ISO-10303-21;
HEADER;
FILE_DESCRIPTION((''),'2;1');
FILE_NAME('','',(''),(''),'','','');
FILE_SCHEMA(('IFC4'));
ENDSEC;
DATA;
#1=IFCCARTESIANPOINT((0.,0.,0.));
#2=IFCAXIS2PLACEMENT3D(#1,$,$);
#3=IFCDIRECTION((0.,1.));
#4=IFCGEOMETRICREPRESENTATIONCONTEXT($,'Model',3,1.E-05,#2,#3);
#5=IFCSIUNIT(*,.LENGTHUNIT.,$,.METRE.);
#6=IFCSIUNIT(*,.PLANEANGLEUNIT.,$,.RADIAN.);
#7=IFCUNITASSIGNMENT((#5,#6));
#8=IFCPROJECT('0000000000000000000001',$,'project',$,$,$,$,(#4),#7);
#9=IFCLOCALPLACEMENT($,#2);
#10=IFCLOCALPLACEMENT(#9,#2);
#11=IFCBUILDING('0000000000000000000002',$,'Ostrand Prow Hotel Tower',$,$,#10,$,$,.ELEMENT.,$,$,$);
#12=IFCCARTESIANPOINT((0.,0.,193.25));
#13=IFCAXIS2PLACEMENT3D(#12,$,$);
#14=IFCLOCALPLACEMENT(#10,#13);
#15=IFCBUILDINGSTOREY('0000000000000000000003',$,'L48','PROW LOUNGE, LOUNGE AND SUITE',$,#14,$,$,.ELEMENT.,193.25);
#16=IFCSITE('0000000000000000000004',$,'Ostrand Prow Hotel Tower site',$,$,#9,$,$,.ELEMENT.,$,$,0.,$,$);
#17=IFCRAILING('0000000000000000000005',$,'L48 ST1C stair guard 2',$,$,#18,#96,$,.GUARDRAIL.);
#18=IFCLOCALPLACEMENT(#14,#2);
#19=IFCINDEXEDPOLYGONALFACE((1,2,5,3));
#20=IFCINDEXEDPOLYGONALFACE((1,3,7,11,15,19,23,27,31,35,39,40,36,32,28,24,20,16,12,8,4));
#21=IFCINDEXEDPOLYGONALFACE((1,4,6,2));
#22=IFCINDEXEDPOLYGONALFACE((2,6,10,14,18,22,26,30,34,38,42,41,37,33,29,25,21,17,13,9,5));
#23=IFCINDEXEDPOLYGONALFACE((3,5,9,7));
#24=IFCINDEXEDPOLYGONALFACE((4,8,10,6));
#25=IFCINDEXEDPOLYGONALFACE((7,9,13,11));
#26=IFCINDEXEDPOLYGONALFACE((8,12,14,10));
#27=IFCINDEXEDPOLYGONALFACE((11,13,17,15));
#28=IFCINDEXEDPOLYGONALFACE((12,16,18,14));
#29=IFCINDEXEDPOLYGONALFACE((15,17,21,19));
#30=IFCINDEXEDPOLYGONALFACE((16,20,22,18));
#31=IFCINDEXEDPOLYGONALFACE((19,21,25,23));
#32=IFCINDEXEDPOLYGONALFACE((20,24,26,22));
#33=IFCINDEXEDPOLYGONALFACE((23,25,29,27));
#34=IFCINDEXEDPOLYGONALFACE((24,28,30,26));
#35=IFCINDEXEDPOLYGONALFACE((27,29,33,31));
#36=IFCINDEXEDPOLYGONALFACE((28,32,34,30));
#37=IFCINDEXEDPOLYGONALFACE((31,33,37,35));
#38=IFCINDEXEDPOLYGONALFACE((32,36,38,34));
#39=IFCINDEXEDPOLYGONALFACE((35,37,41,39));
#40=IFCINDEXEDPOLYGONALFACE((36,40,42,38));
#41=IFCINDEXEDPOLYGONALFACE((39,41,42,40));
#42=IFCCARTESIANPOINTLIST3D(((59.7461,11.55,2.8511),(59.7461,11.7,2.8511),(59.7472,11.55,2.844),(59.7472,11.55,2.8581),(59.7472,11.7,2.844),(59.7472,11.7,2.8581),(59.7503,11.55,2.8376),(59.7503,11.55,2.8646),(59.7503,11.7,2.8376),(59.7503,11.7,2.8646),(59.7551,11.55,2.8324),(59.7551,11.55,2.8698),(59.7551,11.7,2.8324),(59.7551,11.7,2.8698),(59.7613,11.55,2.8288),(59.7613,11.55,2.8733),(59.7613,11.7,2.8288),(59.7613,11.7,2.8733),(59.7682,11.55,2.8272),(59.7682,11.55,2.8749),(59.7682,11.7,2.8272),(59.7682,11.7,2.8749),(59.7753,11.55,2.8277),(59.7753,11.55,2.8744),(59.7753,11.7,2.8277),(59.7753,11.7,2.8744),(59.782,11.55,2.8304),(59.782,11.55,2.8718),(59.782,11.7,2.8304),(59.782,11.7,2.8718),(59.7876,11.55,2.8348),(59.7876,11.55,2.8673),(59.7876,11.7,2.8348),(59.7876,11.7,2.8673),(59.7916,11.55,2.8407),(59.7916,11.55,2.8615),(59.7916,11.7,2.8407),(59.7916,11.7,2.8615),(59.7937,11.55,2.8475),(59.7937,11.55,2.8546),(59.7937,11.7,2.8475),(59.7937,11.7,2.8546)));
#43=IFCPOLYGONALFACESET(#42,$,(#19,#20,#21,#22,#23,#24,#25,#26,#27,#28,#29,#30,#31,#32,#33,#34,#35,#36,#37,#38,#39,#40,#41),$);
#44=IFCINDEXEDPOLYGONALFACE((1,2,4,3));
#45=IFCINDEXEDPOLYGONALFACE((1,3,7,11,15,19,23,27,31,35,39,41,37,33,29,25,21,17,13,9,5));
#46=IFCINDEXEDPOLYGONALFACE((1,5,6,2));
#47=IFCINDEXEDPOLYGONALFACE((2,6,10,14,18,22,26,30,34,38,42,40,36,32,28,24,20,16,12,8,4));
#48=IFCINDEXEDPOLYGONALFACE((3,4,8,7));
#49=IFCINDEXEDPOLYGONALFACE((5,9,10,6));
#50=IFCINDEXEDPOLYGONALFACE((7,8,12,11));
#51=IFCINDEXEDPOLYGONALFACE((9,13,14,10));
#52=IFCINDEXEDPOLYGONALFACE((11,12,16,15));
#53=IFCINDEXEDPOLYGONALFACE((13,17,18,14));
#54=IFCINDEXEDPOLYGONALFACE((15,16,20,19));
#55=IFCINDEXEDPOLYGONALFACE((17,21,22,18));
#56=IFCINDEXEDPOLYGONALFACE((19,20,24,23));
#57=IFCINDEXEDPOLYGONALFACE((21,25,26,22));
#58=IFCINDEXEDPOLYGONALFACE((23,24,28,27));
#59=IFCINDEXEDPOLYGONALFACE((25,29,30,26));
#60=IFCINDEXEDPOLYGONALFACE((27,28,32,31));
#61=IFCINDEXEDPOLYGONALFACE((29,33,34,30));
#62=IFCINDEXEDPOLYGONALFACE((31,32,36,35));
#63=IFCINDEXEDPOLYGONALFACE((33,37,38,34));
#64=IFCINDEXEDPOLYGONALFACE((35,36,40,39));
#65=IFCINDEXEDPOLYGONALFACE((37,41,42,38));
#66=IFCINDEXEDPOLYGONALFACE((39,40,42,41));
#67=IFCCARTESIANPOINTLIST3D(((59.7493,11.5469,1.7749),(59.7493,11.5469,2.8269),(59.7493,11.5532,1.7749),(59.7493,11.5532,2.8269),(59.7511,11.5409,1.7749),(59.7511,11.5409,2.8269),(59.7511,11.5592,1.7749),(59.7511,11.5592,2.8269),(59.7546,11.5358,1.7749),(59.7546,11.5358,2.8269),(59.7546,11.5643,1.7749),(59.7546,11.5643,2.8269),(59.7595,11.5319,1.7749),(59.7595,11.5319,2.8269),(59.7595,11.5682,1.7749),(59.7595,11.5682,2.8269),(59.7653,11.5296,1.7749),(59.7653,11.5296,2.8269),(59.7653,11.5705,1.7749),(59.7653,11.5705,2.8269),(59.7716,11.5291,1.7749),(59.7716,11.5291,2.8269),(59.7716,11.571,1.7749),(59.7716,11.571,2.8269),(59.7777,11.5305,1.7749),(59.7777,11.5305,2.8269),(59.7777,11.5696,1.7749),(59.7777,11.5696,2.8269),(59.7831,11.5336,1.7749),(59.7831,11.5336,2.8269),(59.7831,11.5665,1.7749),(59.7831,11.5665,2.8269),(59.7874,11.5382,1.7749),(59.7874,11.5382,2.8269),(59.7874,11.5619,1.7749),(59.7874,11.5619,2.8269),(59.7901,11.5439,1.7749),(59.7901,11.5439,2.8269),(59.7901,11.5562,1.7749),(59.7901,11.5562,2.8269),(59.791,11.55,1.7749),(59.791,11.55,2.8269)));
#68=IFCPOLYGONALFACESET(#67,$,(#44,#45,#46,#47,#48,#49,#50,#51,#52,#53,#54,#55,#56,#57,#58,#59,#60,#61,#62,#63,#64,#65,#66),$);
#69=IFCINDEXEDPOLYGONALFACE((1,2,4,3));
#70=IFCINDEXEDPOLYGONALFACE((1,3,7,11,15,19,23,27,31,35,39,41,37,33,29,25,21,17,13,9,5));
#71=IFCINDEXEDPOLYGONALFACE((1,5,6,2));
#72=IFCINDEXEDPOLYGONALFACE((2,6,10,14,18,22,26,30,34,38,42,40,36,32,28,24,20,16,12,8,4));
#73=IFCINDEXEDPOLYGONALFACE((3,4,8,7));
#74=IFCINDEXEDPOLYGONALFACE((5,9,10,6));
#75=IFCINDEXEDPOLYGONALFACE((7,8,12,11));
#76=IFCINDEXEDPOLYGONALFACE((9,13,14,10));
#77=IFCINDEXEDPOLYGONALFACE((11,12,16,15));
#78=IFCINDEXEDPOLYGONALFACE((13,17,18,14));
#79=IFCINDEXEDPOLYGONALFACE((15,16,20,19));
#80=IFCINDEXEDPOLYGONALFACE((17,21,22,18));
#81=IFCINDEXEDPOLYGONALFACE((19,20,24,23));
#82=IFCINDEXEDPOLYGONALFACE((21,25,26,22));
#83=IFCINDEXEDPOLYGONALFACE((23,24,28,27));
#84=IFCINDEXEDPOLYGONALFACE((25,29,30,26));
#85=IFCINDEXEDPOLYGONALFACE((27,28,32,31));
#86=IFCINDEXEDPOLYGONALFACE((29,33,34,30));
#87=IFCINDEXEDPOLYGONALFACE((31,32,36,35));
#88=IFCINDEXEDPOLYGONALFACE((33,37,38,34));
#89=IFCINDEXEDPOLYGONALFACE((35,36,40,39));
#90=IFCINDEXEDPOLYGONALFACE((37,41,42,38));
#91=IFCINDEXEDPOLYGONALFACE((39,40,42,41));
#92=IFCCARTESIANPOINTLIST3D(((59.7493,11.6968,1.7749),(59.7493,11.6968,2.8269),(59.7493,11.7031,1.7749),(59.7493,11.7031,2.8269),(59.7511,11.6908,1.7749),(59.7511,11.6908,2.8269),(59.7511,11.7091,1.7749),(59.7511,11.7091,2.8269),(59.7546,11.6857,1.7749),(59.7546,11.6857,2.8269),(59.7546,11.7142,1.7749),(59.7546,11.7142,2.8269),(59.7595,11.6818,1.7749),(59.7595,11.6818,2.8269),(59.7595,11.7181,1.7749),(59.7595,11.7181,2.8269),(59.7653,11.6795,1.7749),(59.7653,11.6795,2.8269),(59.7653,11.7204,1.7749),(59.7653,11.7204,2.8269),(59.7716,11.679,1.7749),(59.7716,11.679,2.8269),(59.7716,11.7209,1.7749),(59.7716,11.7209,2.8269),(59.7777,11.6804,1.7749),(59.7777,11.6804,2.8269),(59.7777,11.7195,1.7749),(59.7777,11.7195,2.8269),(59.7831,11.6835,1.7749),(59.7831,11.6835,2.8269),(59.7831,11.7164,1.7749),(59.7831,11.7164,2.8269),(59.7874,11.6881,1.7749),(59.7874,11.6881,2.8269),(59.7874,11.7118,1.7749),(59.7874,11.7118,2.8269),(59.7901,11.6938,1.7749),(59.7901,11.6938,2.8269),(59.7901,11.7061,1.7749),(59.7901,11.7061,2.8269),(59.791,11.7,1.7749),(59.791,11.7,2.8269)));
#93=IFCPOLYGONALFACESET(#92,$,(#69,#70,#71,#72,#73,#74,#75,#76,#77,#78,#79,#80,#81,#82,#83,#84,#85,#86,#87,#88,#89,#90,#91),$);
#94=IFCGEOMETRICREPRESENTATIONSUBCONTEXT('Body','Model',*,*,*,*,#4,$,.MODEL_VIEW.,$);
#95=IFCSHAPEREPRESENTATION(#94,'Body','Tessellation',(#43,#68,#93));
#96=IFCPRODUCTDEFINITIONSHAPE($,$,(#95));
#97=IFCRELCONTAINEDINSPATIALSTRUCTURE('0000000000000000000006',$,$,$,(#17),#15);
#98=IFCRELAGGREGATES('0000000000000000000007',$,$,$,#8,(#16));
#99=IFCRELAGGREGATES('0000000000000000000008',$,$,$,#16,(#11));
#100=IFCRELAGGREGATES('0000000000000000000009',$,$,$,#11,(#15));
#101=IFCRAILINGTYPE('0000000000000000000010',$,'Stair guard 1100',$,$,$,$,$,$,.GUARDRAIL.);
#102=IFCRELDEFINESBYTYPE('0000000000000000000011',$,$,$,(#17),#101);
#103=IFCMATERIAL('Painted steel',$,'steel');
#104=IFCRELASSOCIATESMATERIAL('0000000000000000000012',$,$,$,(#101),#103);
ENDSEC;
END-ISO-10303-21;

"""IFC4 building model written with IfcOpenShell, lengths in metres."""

from ifc_helpers import new_model, si_unit, direction, frame, origin, origin_2d, place, context, subcontext, project, spatial, circle, extrude, material, type_object, element, save


model = new_model("IFC4")

# Units and contexts
model_context = context("Model", 3, precision=1e-05, world=origin(), true_north=direction((0.0, 1.0)))
body_context = subcontext(model_context, "Body", "Model", "MODEL_VIEW")
ifc_project = project(units=[si_unit("LENGTHUNIT", "METRE"), si_unit("PLANEANGLEUNIT", "RADIAN")], contexts=[model_context])

# Site, building, storey
site_placement = place(None, origin())
site = spatial("IfcSite", under=ifc_project, at=site_placement, Name="Ostrand Prow Hotel Tower site", CompositionType="ELEMENT", RefElevation=0.0)
building_placement = place(site_placement, origin())
building = spatial("IfcBuilding", under=site, at=building_placement, Name="Ostrand Prow Hotel Tower", CompositionType="ELEMENT")
storey_placement = place(building_placement, frame((0.0, 0.0, 193.25)))
storey = spatial("IfcBuildingStorey", under=building, at=storey_placement, Name="L48", Description="PROW LOUNGE, LOUNGE AND SUITE", CompositionType="ELEMENT", Elevation=193.25)

# Railing
ifc_material_1 = material(Name="Painted steel", Category="steel")
railing_type_1 = type_object("IfcRailingType", Name="Stair guard 1100", PredefinedType="GUARDRAIL", material=ifc_material_1)
railing_1_placement = place(storey_placement, frame((59.77, 11.55, 1.7749)))
element("IfcRailing", 1, at=railing_1_placement, inside=storey, type_object=railing_type_1, Name="L48 ST1C stair guard 2", PredefinedType="GUARDRAIL", context=body_context, shape_type="SweptSolid", body=[
    extrude(circle(Radius=0.0239, at=origin_2d()), frame((0.0, 0.0, 1.0762), z_axis=(0.0, 1.0, 0.0), x_axis=(-1.0, 0.0, 0.0)), (0.0, 0.0, 1.0), 0.1499),
    extrude(circle(Radius=0.021, at=origin_2d()), origin(), (0.0, 0.0, 1.0), 1.052),
    extrude(circle(Radius=0.021, at=origin_2d()), frame((0.0, 0.1499, 0.0)), (0.0, 0.0, 1.0), 1.052),
])

save(model, "model.ifc")
